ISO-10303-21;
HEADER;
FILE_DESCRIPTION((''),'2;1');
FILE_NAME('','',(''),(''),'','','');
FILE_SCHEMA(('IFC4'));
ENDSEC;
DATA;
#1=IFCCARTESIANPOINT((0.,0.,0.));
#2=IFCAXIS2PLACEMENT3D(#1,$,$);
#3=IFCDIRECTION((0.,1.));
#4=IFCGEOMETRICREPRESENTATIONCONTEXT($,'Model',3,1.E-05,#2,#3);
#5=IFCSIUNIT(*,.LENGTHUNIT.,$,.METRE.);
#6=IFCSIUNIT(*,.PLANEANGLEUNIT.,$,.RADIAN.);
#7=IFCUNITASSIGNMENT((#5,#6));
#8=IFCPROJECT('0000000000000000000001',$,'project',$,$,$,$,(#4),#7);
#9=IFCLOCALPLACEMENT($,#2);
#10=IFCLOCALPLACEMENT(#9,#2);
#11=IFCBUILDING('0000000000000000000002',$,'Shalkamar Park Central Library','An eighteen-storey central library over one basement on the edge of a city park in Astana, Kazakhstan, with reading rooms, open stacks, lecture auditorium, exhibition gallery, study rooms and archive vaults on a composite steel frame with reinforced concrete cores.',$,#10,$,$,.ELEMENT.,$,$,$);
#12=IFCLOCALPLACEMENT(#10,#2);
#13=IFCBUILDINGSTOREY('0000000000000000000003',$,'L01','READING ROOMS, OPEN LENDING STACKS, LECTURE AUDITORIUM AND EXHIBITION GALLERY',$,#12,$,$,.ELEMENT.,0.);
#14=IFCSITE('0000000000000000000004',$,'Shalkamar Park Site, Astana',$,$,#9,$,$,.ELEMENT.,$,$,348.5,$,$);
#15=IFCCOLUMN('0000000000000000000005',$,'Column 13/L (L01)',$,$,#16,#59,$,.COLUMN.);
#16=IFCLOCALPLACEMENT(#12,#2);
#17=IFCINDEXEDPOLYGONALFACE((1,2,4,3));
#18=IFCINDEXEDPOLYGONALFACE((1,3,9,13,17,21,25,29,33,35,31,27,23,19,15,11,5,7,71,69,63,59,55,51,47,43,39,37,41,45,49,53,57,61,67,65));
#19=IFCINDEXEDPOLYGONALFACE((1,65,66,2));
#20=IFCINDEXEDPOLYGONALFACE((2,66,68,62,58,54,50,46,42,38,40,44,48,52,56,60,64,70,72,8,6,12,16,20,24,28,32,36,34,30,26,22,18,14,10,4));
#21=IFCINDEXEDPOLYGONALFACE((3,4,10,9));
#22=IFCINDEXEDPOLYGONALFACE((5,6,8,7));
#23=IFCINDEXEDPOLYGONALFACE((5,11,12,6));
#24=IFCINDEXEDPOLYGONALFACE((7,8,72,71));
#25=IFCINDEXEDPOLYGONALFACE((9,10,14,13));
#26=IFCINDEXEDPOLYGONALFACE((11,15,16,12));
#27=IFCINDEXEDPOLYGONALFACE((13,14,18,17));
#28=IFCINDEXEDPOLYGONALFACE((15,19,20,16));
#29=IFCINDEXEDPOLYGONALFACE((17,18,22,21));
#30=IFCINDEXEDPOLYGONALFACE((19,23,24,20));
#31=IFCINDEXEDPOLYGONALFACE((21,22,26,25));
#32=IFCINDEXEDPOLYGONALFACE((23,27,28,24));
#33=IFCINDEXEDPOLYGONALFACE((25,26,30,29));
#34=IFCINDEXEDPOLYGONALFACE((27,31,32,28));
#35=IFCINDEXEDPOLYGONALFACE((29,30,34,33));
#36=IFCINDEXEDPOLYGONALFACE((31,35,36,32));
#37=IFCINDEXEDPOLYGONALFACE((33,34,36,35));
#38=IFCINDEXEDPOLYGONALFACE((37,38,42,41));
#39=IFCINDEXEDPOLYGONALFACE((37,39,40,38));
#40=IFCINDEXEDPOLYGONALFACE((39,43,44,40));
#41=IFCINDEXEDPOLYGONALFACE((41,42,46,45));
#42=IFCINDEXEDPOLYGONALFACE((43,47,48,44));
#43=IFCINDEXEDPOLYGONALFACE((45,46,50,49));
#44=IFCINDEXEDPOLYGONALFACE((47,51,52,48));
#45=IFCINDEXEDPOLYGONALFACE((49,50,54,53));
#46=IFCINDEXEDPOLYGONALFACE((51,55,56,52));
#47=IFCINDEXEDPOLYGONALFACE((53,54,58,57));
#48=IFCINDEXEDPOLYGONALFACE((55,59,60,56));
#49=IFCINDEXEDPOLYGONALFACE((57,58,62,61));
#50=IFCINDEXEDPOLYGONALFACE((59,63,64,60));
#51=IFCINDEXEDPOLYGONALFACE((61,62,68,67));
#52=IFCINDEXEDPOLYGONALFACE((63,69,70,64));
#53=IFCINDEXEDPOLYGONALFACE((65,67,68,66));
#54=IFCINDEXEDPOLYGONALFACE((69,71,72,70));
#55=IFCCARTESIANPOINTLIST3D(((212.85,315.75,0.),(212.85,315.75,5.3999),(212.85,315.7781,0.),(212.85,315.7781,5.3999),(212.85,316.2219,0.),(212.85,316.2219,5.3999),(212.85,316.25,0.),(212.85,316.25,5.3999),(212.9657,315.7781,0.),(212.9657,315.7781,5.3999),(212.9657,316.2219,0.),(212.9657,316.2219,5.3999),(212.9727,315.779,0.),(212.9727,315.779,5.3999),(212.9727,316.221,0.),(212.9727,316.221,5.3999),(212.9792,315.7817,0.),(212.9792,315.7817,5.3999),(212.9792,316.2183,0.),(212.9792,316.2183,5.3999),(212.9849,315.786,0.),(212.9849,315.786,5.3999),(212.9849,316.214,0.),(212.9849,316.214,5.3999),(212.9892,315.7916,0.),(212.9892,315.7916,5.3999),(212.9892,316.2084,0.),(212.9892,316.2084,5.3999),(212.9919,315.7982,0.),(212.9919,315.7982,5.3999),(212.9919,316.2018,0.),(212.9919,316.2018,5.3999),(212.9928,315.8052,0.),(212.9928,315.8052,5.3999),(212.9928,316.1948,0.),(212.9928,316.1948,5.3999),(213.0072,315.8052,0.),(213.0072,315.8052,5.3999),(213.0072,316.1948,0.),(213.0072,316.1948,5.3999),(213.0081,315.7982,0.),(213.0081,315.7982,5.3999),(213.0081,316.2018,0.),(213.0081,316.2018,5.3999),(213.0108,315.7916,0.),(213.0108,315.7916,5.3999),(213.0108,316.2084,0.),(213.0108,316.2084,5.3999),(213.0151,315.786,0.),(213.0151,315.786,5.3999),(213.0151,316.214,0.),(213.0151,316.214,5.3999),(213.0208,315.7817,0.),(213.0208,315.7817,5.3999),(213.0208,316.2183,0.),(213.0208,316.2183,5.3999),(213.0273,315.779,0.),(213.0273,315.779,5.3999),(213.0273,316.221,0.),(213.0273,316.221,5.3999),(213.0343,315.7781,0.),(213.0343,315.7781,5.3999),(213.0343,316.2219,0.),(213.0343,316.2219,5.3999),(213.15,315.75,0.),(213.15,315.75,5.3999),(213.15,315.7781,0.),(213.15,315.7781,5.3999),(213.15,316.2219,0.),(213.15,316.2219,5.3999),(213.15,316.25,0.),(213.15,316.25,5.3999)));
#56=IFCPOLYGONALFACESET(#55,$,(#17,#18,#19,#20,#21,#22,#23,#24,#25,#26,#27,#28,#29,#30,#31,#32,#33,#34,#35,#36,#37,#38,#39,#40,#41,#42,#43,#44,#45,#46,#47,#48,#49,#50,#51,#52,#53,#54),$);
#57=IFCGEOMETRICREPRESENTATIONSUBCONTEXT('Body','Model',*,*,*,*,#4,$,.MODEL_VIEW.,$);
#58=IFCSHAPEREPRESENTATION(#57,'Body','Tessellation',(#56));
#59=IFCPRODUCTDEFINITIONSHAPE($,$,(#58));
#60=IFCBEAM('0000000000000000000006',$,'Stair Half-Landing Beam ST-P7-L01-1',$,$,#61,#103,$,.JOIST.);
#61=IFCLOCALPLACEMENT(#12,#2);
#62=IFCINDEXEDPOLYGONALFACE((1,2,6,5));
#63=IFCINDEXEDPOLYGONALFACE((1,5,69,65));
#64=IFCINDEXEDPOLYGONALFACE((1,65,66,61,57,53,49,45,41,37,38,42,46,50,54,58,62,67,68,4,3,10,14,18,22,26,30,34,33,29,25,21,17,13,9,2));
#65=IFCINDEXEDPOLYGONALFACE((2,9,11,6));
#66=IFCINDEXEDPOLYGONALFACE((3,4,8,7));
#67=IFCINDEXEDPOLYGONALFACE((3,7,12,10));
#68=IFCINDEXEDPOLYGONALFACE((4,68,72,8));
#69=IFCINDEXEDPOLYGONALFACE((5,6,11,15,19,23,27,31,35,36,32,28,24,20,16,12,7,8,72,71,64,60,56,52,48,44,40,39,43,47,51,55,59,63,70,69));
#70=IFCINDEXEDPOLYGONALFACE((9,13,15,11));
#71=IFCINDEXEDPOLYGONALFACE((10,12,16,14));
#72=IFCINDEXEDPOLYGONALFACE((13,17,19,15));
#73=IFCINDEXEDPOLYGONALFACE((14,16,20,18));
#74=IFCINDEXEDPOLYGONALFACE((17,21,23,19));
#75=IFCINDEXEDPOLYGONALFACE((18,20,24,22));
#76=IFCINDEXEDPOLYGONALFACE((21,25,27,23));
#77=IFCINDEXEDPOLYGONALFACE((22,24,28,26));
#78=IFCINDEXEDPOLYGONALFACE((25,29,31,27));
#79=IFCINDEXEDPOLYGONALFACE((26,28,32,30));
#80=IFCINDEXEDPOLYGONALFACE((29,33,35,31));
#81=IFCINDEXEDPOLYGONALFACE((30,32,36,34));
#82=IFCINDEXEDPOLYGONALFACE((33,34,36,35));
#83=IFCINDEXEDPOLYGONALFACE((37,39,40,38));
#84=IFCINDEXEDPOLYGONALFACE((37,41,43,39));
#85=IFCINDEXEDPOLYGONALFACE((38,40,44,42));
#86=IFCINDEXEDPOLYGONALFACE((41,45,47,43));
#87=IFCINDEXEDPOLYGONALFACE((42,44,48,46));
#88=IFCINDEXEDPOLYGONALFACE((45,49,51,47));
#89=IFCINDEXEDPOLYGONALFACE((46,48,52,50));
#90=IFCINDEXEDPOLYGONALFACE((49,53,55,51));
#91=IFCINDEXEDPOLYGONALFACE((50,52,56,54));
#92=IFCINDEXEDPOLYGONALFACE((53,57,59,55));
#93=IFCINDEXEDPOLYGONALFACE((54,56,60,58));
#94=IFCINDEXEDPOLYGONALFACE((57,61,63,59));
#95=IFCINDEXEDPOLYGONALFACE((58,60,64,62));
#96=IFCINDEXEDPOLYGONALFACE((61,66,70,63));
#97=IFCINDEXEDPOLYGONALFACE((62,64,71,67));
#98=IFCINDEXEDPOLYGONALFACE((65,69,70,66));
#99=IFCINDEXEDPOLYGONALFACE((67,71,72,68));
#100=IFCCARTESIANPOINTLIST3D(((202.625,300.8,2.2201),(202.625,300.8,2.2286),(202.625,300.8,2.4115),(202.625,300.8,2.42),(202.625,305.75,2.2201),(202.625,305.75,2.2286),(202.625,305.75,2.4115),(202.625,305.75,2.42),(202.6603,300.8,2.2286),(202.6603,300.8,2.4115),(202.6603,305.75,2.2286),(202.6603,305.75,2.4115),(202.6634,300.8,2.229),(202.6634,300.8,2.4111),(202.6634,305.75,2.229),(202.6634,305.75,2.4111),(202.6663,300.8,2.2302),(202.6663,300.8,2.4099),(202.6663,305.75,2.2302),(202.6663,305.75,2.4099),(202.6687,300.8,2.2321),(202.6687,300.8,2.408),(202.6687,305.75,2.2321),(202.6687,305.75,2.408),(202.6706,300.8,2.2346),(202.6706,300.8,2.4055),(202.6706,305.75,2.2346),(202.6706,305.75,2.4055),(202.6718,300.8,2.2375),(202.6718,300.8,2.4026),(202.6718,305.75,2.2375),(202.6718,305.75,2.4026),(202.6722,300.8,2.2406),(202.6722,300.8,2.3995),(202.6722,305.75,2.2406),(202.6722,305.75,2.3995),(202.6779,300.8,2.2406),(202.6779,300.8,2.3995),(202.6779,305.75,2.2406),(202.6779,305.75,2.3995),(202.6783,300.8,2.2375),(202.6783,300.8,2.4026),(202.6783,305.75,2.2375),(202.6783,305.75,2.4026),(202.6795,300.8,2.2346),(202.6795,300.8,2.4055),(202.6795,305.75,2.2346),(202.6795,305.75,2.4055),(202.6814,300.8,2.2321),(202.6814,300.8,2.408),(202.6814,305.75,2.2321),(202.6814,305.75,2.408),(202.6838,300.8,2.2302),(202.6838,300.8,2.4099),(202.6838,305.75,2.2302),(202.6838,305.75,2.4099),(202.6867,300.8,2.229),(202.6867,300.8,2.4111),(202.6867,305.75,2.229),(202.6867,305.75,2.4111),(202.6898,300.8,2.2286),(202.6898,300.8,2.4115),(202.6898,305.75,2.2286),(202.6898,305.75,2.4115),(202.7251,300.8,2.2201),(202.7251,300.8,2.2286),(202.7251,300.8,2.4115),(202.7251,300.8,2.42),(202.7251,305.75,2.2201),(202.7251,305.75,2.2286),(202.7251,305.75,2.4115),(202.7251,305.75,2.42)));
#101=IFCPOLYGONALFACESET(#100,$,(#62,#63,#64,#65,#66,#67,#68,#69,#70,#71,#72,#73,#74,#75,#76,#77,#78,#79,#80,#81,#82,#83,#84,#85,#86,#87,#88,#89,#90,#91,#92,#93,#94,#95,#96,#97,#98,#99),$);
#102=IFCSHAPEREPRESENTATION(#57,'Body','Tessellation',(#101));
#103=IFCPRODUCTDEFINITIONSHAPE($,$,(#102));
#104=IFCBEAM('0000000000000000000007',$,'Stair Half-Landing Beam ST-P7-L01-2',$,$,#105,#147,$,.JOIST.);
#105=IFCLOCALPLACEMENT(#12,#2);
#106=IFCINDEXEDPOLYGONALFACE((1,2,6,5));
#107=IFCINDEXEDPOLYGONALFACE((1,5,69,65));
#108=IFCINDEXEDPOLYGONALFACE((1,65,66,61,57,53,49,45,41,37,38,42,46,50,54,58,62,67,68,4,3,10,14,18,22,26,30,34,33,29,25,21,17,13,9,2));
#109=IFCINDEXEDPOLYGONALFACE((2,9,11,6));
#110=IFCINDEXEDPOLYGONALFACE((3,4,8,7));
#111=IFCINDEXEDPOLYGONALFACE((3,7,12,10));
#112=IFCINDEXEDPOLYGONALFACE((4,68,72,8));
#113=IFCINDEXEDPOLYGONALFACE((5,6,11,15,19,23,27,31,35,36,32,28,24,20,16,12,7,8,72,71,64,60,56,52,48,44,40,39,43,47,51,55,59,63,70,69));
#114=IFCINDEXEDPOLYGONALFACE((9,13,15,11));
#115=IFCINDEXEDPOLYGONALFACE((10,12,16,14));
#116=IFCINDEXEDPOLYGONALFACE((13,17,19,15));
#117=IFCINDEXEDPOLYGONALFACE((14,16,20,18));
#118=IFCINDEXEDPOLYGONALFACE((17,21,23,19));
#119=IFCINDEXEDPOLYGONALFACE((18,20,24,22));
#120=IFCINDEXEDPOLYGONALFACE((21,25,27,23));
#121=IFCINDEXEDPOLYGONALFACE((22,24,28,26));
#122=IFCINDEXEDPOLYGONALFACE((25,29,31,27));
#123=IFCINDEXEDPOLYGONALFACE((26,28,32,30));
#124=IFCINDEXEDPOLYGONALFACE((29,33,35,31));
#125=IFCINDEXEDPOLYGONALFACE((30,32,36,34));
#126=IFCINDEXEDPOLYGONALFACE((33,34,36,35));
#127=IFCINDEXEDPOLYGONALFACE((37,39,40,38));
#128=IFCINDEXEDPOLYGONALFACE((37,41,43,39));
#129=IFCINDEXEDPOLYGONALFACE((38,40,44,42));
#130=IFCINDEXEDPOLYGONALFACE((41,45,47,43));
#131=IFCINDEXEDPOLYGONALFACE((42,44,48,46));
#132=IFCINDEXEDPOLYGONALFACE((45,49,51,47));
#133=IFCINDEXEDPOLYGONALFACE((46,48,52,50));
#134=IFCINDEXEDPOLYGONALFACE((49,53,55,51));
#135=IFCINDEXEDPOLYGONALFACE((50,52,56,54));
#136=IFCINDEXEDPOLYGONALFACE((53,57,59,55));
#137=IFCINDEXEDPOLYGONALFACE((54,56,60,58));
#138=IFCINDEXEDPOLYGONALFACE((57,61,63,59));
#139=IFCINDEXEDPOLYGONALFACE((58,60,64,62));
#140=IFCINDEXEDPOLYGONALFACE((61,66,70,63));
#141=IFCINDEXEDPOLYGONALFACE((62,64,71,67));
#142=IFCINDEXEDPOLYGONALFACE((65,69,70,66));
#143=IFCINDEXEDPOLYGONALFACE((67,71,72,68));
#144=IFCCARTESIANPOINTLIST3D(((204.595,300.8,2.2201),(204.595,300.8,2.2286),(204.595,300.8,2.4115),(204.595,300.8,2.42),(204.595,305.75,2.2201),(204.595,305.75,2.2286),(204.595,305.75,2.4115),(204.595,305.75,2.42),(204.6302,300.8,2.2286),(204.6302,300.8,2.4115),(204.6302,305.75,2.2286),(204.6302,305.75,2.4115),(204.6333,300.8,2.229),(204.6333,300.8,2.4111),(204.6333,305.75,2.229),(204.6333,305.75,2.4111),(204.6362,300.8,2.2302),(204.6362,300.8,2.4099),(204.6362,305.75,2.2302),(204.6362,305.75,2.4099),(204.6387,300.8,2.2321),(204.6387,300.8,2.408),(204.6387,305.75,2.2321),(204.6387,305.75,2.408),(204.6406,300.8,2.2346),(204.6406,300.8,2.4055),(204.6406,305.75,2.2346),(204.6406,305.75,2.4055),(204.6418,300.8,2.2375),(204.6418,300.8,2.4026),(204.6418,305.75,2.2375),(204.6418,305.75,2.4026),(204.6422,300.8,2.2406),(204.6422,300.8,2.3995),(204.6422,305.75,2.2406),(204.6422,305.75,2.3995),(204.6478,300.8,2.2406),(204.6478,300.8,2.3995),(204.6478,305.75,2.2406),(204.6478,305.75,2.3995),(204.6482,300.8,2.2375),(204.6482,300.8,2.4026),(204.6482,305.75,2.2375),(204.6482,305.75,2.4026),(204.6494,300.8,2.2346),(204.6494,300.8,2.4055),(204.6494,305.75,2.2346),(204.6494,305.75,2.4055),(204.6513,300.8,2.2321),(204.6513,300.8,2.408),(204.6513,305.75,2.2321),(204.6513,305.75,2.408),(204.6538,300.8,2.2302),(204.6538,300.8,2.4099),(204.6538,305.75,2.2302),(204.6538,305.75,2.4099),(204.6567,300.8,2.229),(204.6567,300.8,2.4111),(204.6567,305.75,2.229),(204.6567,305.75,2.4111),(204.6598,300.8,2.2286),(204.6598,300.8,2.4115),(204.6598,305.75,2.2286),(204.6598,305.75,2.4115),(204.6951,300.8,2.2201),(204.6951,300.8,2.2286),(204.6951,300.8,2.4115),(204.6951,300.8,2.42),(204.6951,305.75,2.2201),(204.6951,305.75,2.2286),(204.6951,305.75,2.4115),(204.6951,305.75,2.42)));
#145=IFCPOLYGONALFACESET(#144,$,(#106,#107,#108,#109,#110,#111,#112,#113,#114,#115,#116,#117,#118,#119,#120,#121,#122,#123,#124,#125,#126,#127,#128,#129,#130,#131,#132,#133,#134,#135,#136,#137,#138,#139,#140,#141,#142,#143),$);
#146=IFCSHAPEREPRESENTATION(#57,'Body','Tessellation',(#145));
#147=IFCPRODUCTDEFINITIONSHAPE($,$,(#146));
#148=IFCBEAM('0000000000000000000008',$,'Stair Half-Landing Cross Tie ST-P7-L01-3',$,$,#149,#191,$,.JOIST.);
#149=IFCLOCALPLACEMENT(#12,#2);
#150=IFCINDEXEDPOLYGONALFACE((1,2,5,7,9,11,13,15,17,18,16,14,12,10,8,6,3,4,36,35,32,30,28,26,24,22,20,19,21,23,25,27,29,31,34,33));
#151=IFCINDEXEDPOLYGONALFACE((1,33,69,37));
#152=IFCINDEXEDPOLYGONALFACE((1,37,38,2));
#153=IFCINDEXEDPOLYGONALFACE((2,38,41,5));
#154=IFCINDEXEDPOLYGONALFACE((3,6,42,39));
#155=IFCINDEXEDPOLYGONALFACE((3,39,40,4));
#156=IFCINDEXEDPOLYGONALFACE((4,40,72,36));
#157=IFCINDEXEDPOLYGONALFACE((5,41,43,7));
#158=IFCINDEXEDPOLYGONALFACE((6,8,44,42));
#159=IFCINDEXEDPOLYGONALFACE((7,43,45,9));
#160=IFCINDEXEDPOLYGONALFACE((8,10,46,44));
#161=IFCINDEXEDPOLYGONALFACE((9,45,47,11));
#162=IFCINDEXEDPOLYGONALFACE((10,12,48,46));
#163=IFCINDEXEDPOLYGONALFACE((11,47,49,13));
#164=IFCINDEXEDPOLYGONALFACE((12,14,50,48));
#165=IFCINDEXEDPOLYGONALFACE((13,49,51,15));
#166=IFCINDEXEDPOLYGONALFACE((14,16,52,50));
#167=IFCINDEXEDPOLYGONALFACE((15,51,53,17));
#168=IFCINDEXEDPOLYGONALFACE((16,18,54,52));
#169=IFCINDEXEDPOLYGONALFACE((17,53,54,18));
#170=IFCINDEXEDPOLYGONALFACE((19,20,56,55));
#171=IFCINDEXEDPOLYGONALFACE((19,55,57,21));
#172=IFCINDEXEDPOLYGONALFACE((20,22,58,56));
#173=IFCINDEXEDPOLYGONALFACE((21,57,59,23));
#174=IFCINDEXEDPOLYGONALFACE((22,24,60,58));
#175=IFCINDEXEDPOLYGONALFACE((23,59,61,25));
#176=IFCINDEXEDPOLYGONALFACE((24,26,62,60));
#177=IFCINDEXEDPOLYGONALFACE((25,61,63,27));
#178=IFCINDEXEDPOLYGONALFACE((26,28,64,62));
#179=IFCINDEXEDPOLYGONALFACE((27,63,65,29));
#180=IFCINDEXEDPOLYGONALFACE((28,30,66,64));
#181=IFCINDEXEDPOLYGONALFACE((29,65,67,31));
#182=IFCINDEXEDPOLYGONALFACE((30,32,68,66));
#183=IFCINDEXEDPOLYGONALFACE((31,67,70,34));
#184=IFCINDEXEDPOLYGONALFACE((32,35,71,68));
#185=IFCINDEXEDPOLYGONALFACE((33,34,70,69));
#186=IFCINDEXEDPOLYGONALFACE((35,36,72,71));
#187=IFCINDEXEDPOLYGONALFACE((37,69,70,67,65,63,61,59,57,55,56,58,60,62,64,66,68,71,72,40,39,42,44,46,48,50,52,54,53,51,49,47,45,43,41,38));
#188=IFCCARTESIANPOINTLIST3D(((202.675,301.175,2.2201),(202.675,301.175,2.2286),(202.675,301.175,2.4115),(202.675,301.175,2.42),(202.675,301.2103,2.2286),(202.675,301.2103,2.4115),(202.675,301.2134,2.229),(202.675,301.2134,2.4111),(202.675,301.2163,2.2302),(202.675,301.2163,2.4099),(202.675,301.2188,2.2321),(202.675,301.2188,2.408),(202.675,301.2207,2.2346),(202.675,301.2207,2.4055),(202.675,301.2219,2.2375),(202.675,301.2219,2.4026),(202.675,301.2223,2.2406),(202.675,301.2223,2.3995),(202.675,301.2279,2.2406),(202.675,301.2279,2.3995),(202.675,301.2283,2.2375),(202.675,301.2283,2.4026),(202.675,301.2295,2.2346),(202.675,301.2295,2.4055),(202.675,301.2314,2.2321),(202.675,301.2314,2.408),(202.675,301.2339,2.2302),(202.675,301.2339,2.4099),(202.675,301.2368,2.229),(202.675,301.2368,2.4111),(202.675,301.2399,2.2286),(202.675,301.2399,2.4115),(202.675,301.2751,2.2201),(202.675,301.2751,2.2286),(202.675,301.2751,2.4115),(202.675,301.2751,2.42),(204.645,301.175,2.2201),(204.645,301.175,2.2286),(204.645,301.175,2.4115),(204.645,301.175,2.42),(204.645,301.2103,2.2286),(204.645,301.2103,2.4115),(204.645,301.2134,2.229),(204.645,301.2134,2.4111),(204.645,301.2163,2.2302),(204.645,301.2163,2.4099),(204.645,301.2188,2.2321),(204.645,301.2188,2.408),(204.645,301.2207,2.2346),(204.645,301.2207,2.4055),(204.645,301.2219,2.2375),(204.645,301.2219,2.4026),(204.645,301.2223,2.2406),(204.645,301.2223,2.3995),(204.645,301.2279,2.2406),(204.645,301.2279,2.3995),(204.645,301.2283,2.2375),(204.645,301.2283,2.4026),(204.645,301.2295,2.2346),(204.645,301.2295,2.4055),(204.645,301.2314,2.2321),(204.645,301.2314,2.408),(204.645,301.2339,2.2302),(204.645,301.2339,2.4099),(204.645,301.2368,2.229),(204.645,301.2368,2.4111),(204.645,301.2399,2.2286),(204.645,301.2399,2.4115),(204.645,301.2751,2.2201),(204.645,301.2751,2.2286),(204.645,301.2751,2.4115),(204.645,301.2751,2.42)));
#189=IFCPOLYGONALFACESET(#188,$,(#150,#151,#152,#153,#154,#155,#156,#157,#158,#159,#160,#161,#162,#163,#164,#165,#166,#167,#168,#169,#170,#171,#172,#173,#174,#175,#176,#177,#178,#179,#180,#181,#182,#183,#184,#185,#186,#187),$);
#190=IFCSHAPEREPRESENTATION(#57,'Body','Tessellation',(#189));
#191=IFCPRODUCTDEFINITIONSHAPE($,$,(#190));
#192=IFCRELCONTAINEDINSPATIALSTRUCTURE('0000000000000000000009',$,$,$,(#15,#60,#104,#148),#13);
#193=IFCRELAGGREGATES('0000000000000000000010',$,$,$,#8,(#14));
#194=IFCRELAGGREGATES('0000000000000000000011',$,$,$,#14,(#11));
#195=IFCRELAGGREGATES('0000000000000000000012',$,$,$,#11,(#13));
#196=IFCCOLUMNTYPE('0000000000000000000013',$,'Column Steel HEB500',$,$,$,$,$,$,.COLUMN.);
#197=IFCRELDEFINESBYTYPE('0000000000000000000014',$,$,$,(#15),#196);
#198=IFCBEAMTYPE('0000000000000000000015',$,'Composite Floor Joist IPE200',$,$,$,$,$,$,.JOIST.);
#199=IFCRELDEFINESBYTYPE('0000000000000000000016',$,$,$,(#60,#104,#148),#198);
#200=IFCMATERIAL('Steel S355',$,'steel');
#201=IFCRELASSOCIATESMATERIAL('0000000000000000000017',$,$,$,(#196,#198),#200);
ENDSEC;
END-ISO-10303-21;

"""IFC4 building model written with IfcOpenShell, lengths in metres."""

from ifc_helpers import new_model, si_unit, direction, frame, origin, origin_2d, place, context, subcontext, project, spatial, i_section, extrude, material, material_profile, profile_set, type_object, element, save


model = new_model("IFC4")

# Units and contexts
model_context = context("Model", 3, precision=1e-05, world=origin(), true_north=direction((0.0, 1.0)))
body_context = subcontext(model_context, "Body", "Model", "MODEL_VIEW")
ifc_project = project(units=[si_unit("LENGTHUNIT", "METRE"), si_unit("PLANEANGLEUNIT", "RADIAN")], contexts=[model_context])

# Site, building, storey
site_placement = place(None, origin())
site = spatial("IfcSite", under=ifc_project, at=site_placement, Name="Shalkamar Park Site, Astana", CompositionType="ELEMENT", RefElevation=348.5)
building_placement = place(site_placement, origin())
building = spatial("IfcBuilding", under=site, at=building_placement, Name="Shalkamar Park Central Library", Description="An eighteen-storey central library over one basement on the edge of a city park in Astana, Kazakhstan, with reading rooms, open stacks, lecture auditorium, exhibition gallery, study rooms and archive vaults on a composite steel frame with reinforced concrete cores.", CompositionType="ELEMENT")
storey_placement = place(building_placement, origin())
storey = spatial("IfcBuildingStorey", under=building, at=storey_placement, Name="L01", Description="READING ROOMS, OPEN LENDING STACKS, LECTURE AUDITORIUM AND EXHIBITION GALLERY", CompositionType="ELEMENT", Elevation=0.0)

# Column
ifc_material_1 = material(Name="Steel S355", Category="steel")
ifc_material_profile_1 = material_profile(ifc_material_1, i_section(OverallWidth=0.3, OverallDepth=0.5, WebThickness=0.0144, FlangeThickness=0.0281, FilletRadius=0.0271, at=origin_2d()), Name="HEB 500")
ifc_profile_set_1 = profile_set([ifc_material_profile_1], Name="Steel S355")
column_type_1 = type_object("IfcColumnType", Name="Column Steel HEB500", PredefinedType="COLUMN", material=ifc_profile_set_1)
for number, where, z_axis, x_axis, name in (
    (1, (213.0, 316.0, 0.0), (0.0, 0.0, 1.0), (1.0, 0.0, 0.0), "Column 13/L (L01)"),
):
    element("IfcColumn", number, at=place(storey_placement, frame(where, z_axis=z_axis, x_axis=x_axis)), inside=storey, type_object=column_type_1, Name=name, PredefinedType="COLUMN", context=body_context, shape_type="SweptSolid", body=[
        extrude(i_section(OverallWidth=0.3, OverallDepth=0.5, WebThickness=0.0144, FlangeThickness=0.0281, FilletRadius=0.0271, at=origin_2d()), origin(), (0.0, 0.0, 1.0), 5.3999),
    ])

# Beams
ifc_material_profile_2 = material_profile(ifc_material_1, i_section(OverallWidth=0.1001, OverallDepth=0.2, WebThickness=0.0056, FlangeThickness=0.0085, FilletRadius=0.012, at=origin_2d()), Name="IPE 200")
ifc_profile_set_2 = profile_set([ifc_material_profile_2], Name="Steel S355")
beam_type_1 = type_object("IfcBeamType", Name="Composite Floor Joist IPE200", PredefinedType="JOIST", material=ifc_profile_set_2)
for number, where, z_axis, x_axis, name in (
    (2, (202.675, 300.8, 2.3201), (0.0, 1.0, 0.0), (-1.0, 0.0, 0.0), "Stair Half-Landing Beam ST-P7-L01-1"),
    (3, (204.645, 300.8, 2.3201), (0.0, 1.0, 0.0), (-1.0, 0.0, 0.0), "Stair Half-Landing Beam ST-P7-L01-2"),
):
    element("IfcBeam", number, at=place(storey_placement, frame(where, z_axis=z_axis, x_axis=x_axis)), inside=storey, type_object=beam_type_1, Name=name, PredefinedType="JOIST", context=body_context, shape_type="SweptSolid", body=[
        extrude(i_section(OverallWidth=0.1001, OverallDepth=0.2, WebThickness=0.0056, FlangeThickness=0.0085, FilletRadius=0.012, at=origin_2d()), origin(), (0.0, 0.0, 1.0), 4.95),
    ])
beam_1_placement = place(storey_placement, frame((202.675, 301.2251, 2.3201), z_axis=(1.0, 0.0, 0.0), x_axis=(0.0, 1.0, 0.0)))
element("IfcBeam", 4, at=beam_1_placement, inside=storey, type_object=beam_type_1, Name="Stair Half-Landing Cross Tie ST-P7-L01-3", PredefinedType="JOIST", context=body_context, shape_type="SweptSolid", body=[
    extrude(i_section(OverallWidth=0.1001, OverallDepth=0.2, WebThickness=0.0056, FlangeThickness=0.0085, FilletRadius=0.012, at=origin_2d()), origin(), (0.0, 0.0, 1.0), 1.97),
])

save(model, "model.ifc")
